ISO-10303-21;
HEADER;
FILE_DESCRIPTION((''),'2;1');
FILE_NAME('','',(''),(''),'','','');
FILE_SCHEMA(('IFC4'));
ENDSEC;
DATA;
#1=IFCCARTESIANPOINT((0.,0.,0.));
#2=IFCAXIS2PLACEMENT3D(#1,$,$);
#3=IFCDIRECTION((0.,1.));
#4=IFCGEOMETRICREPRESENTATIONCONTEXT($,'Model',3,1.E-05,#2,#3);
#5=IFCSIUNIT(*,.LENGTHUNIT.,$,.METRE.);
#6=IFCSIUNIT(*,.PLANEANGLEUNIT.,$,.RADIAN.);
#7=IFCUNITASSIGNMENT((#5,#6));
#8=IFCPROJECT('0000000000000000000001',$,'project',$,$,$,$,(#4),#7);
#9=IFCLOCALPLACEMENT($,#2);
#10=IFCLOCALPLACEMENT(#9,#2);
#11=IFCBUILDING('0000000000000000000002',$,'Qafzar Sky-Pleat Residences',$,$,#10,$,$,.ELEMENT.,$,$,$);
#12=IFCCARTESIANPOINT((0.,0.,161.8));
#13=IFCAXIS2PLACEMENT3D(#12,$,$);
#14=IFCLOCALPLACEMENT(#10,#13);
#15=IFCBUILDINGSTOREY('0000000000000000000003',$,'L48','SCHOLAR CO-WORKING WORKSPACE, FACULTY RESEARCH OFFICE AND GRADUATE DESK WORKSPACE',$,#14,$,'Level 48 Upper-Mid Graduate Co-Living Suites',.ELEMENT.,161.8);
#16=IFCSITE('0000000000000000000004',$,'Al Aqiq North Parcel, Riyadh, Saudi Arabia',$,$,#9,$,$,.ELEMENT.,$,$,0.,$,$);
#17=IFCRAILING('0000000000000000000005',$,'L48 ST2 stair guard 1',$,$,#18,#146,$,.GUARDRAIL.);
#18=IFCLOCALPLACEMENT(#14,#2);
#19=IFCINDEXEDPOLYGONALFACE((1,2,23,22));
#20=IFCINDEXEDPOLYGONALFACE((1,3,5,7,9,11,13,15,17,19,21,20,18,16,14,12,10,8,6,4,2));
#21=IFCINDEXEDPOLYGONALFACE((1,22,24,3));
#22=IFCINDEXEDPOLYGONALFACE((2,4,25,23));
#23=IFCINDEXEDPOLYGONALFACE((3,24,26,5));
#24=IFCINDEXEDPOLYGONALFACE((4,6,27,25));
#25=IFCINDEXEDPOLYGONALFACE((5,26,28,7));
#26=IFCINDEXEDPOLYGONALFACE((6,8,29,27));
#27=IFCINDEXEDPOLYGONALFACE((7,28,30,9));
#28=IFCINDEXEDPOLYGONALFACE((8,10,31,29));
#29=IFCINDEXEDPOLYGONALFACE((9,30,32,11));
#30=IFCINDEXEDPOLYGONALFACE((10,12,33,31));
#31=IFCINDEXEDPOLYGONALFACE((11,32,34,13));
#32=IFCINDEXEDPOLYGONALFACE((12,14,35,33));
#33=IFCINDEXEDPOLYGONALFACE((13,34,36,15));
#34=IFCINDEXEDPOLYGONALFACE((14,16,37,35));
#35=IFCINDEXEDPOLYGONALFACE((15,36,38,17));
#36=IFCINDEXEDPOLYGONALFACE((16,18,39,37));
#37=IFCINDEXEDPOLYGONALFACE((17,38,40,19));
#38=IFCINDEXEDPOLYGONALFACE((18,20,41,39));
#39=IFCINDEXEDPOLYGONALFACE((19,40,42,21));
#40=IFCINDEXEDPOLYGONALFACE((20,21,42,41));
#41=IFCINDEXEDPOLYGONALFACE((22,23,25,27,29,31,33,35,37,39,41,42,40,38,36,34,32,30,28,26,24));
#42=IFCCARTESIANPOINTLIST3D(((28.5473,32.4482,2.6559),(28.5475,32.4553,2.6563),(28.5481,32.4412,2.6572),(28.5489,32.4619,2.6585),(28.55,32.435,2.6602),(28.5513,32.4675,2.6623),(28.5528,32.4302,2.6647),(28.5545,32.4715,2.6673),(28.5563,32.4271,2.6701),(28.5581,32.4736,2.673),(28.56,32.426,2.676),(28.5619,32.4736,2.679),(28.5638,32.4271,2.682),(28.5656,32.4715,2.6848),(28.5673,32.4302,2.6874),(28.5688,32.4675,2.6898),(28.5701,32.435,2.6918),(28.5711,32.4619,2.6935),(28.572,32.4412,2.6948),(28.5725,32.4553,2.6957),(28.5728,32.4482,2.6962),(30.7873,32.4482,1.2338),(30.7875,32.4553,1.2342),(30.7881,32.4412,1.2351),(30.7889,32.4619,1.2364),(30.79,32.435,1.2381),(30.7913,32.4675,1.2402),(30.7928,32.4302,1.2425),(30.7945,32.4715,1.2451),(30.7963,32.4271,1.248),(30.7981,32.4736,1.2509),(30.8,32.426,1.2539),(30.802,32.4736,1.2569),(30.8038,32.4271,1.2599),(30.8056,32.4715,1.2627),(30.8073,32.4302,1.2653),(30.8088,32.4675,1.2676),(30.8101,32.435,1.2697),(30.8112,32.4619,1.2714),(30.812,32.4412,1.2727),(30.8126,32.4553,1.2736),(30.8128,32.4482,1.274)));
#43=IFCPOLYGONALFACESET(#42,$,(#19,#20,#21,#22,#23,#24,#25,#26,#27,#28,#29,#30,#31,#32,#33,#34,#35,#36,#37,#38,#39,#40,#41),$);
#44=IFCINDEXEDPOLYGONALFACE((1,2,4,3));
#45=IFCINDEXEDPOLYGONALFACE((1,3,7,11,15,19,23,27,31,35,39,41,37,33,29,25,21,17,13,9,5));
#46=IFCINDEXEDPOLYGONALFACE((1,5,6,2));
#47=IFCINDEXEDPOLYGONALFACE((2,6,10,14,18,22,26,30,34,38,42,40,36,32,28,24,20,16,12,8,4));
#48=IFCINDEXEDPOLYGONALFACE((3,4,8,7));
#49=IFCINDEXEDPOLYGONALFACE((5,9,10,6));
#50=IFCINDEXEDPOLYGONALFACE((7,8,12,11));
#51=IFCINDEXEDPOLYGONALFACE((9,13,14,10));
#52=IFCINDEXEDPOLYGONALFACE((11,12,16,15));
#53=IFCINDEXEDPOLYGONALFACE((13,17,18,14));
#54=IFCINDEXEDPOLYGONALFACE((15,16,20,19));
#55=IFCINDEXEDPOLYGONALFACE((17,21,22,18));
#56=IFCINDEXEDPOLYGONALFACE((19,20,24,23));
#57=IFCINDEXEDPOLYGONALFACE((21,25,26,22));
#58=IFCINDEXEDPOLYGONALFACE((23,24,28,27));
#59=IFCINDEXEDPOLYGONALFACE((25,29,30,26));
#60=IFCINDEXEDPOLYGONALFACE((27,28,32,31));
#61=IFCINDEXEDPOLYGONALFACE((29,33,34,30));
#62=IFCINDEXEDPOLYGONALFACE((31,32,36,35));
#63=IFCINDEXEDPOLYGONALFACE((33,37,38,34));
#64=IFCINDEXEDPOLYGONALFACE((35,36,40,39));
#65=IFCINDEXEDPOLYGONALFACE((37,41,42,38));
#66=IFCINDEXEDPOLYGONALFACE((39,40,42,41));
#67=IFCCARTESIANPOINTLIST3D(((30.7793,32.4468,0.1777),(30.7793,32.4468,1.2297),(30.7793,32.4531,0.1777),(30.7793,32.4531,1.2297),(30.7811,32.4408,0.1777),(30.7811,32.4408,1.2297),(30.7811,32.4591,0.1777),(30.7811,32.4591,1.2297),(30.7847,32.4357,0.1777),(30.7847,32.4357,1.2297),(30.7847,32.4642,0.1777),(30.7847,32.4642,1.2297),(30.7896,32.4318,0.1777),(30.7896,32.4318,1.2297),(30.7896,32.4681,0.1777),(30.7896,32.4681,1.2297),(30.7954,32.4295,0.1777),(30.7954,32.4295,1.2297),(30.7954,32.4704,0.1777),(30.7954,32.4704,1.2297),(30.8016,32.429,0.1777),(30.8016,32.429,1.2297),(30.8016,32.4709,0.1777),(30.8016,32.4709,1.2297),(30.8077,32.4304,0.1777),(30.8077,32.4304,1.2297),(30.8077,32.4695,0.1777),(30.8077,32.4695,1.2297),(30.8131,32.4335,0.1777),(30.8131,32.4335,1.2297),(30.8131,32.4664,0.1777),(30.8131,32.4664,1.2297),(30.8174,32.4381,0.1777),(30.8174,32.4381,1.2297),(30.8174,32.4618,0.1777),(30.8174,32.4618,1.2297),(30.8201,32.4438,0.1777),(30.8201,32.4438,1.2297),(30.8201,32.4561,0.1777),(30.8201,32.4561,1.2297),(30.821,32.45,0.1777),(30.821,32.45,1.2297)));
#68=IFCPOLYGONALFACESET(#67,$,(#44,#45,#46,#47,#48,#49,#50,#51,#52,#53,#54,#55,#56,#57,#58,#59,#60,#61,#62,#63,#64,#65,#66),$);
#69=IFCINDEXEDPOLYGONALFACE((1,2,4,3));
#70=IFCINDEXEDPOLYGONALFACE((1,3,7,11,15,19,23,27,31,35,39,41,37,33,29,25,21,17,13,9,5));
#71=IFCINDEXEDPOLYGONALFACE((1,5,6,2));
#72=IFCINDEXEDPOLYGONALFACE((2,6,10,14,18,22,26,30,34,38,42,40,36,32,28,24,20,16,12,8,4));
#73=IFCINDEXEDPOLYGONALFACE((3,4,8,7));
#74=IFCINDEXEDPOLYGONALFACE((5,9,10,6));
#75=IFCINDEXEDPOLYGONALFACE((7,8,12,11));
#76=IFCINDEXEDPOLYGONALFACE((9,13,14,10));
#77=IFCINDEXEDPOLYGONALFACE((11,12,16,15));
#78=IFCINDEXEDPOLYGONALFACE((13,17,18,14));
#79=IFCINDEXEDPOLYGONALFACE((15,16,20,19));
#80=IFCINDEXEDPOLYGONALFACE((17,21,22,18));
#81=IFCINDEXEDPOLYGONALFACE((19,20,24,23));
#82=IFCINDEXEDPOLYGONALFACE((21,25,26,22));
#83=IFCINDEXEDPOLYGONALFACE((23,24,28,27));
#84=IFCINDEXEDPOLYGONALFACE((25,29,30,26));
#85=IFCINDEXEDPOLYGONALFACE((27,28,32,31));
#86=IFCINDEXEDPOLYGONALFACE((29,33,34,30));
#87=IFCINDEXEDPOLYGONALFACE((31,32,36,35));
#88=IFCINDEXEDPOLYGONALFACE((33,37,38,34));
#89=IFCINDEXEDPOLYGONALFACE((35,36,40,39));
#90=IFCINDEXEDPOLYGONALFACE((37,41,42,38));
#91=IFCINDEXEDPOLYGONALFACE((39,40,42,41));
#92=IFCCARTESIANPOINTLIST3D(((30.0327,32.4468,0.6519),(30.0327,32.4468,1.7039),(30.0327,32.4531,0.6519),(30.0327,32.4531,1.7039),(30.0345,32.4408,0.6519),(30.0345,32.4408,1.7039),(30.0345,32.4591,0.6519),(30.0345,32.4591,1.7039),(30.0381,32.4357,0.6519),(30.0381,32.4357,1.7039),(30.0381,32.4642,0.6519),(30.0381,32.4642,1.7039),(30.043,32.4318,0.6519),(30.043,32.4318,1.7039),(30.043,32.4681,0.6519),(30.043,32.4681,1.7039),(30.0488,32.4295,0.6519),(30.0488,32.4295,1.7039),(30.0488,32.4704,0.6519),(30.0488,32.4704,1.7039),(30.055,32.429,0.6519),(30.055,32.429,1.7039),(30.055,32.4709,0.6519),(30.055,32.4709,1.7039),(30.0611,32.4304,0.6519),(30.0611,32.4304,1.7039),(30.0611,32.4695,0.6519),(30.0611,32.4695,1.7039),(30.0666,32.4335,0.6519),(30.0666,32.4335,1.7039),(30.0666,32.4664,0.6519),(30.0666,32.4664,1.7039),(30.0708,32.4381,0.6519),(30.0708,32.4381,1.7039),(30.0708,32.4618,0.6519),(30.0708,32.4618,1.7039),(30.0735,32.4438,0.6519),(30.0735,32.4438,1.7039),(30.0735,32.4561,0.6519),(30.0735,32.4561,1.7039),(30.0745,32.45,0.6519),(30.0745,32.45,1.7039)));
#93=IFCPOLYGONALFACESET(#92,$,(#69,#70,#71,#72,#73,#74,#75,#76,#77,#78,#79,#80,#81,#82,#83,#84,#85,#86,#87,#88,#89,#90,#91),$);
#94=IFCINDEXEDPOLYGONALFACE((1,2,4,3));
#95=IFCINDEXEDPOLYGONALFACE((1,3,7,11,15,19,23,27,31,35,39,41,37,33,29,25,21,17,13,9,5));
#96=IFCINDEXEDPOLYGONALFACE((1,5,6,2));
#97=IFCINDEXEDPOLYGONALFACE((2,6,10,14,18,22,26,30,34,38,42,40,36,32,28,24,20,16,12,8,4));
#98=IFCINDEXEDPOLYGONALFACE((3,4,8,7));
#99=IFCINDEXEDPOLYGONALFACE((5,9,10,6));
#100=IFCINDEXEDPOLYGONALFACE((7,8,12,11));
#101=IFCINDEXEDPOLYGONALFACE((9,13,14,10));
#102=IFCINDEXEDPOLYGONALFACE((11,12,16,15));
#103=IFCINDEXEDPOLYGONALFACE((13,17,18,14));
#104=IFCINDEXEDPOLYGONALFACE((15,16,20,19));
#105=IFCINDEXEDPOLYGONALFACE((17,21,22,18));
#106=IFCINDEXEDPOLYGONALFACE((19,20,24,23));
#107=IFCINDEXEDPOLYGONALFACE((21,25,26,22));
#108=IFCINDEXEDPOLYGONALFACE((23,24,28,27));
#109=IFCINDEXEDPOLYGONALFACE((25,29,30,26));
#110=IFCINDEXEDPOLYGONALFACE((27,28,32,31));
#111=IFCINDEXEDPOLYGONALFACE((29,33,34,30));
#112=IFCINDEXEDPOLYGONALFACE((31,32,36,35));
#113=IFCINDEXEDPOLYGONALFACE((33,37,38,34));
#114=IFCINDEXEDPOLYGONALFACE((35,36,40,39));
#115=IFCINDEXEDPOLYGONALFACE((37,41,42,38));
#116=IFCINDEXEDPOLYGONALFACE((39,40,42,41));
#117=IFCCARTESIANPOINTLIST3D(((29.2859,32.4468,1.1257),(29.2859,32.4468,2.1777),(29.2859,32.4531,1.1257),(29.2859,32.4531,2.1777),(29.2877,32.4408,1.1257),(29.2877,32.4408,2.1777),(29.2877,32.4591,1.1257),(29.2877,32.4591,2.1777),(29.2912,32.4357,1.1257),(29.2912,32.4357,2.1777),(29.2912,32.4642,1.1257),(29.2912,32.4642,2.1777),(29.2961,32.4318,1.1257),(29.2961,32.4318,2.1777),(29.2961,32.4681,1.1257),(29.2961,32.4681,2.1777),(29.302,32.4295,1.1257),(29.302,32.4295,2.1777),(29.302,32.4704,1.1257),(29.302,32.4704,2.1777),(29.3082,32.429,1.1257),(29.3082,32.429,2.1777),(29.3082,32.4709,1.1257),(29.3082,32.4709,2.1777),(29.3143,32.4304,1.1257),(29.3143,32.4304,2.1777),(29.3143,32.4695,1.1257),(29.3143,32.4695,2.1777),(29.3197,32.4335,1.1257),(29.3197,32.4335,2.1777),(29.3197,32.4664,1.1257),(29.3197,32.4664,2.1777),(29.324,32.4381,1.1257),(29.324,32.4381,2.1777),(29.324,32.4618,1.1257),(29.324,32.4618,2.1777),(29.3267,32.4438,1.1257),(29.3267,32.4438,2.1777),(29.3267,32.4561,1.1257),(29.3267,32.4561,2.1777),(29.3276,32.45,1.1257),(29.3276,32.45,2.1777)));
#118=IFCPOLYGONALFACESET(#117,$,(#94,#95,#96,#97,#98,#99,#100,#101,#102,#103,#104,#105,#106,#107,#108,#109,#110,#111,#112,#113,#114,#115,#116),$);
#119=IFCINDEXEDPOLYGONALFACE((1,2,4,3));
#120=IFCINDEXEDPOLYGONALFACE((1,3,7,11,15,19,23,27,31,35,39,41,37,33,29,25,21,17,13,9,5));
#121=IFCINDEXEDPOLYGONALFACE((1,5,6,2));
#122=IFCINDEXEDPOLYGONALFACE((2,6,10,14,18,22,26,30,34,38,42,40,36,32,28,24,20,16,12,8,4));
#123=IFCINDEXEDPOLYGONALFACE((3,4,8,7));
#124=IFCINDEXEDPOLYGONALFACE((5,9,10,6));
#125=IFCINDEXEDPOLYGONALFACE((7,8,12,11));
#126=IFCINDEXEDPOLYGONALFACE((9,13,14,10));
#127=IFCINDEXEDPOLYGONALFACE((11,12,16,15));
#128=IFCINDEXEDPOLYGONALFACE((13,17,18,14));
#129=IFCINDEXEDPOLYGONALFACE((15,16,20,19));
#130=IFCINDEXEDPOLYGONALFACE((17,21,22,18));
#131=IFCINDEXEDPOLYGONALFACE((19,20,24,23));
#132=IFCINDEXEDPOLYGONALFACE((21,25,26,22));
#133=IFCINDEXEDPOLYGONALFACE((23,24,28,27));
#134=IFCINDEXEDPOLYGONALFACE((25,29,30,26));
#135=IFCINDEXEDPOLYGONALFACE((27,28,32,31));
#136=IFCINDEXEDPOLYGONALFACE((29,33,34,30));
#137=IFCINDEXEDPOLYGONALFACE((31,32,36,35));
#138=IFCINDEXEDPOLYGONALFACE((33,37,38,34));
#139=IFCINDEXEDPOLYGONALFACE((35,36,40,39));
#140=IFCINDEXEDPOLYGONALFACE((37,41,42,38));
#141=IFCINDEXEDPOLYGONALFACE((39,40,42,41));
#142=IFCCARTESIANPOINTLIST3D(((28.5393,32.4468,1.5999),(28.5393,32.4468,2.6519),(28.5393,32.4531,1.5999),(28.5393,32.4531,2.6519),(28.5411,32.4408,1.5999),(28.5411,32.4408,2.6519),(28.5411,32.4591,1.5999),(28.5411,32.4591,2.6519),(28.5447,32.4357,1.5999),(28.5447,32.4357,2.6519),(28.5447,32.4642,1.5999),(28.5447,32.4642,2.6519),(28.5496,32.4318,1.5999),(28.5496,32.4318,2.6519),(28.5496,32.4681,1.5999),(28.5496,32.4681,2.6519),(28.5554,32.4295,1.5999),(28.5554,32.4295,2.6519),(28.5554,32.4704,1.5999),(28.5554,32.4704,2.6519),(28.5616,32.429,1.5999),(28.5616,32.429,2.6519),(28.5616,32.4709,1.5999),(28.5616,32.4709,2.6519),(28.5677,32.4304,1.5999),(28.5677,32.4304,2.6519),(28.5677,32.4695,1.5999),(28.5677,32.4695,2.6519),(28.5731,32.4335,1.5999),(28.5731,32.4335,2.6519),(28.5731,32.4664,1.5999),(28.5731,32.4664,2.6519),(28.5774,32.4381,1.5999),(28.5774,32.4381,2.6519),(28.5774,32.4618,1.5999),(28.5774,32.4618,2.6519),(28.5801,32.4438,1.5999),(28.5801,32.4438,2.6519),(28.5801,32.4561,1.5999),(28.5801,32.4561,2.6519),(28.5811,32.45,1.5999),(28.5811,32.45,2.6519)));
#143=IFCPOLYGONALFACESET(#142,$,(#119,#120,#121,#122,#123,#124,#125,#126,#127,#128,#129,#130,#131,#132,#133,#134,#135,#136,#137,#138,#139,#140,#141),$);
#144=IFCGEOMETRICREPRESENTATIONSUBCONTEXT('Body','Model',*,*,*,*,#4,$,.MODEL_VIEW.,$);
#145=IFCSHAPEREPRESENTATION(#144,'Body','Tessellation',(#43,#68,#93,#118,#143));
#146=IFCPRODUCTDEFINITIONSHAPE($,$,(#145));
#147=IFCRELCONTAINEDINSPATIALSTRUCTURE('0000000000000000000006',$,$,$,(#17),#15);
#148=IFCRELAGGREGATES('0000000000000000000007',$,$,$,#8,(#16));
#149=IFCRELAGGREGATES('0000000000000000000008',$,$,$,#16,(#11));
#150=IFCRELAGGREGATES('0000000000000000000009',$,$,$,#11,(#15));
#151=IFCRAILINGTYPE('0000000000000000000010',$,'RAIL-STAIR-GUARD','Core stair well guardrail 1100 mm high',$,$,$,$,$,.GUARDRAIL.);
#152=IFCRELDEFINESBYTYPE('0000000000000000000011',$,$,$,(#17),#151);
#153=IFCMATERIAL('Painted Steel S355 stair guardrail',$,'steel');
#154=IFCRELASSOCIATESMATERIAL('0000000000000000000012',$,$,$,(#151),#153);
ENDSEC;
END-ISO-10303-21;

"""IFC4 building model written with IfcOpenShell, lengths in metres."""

from ifc_helpers import new_model, si_unit, direction, frame, origin, origin_2d, place, context, subcontext, project, spatial, circle, extrude, source, transform, mapped, material, type_object, element, save


model = new_model("IFC4")

# Units and contexts
model_context = context("Model", 3, precision=1e-05, world=origin(), true_north=direction((0.0, 1.0)))
body_context = subcontext(model_context, "Body", "Model", "MODEL_VIEW")
ifc_project = project(units=[si_unit("LENGTHUNIT", "METRE"), si_unit("PLANEANGLEUNIT", "RADIAN")], contexts=[model_context])

# Site, building, storey
site_placement = place(None, origin())
site = spatial("IfcSite", under=ifc_project, at=site_placement, Name="Al Aqiq North Parcel, Riyadh, Saudi Arabia", CompositionType="ELEMENT", RefElevation=0.0)
building_placement = place(site_placement, origin())
building = spatial("IfcBuilding", under=site, at=building_placement, Name="Qafzar Sky-Pleat Residences", CompositionType="ELEMENT")
storey_placement = place(building_placement, frame((0.0, 0.0, 161.8)))
storey = spatial("IfcBuildingStorey", under=building, at=storey_placement, Name="L48", Description="SCHOLAR CO-WORKING WORKSPACE, FACULTY RESEARCH OFFICE AND GRADUATE DESK WORKSPACE", LongName="Level 48 Upper-Mid Graduate Co-Living Suites", CompositionType="ELEMENT", Elevation=161.8)

# Railing
ifc_material_1 = material(Name="Painted Steel S355 stair guardrail", Category="steel")
railing_type_1 = type_object("IfcRailingType", Name="RAIL-STAIR-GUARD", Description="Core stair well guardrail 1100 mm high", PredefinedType="GUARDRAIL", material=ifc_material_1)
shared_shape_1 = source(origin(), body_context, "Body", "SweptSolid", [
    extrude(circle(Radius=0.0239, at=origin_2d()), frame((0.0, 0.0, 1.0762), z_axis=(-0.844229, 0.0, 0.535982), x_axis=(0.0, -1.0, 0.0)), (0.0, 0.0, 1.0), 2.6533),
    extrude(circle(Radius=0.021, at=origin_2d()), origin(), (0.0, 0.0, 1.0), 1.052),
    extrude(circle(Radius=0.021, at=origin_2d()), frame((-0.7466, 0.0, 0.4741)), (0.0, 0.0, 1.0), 1.052),
    extrude(circle(Radius=0.021, at=origin_2d()), frame((-1.4934, 0.0, 0.948)), (0.0, 0.0, 1.0), 1.052),
    extrude(circle(Radius=0.021, at=origin_2d()), frame((-2.24, 0.0, 1.4221)), (0.0, 0.0, 1.0), 1.052),
])
railing_1_placement = place(storey_placement, frame((30.8, 32.45, 0.1777)))
element("IfcRailing", 1, at=railing_1_placement, inside=storey, type_object=railing_type_1, Name="L48 ST2 stair guard 1", PredefinedType="GUARDRAIL", context=body_context, shape_type="MappedRepresentation", body=[
    mapped(shared_shape_1, transform((0.0, 0.0, 0.0), x_axis=(1.0, 0.0, 0.0), y_axis=(0.0, 1.0, 0.0), z_axis=(0.0, 0.0, 1.0), scale=1.0)),
])

save(model, "model.ifc")
